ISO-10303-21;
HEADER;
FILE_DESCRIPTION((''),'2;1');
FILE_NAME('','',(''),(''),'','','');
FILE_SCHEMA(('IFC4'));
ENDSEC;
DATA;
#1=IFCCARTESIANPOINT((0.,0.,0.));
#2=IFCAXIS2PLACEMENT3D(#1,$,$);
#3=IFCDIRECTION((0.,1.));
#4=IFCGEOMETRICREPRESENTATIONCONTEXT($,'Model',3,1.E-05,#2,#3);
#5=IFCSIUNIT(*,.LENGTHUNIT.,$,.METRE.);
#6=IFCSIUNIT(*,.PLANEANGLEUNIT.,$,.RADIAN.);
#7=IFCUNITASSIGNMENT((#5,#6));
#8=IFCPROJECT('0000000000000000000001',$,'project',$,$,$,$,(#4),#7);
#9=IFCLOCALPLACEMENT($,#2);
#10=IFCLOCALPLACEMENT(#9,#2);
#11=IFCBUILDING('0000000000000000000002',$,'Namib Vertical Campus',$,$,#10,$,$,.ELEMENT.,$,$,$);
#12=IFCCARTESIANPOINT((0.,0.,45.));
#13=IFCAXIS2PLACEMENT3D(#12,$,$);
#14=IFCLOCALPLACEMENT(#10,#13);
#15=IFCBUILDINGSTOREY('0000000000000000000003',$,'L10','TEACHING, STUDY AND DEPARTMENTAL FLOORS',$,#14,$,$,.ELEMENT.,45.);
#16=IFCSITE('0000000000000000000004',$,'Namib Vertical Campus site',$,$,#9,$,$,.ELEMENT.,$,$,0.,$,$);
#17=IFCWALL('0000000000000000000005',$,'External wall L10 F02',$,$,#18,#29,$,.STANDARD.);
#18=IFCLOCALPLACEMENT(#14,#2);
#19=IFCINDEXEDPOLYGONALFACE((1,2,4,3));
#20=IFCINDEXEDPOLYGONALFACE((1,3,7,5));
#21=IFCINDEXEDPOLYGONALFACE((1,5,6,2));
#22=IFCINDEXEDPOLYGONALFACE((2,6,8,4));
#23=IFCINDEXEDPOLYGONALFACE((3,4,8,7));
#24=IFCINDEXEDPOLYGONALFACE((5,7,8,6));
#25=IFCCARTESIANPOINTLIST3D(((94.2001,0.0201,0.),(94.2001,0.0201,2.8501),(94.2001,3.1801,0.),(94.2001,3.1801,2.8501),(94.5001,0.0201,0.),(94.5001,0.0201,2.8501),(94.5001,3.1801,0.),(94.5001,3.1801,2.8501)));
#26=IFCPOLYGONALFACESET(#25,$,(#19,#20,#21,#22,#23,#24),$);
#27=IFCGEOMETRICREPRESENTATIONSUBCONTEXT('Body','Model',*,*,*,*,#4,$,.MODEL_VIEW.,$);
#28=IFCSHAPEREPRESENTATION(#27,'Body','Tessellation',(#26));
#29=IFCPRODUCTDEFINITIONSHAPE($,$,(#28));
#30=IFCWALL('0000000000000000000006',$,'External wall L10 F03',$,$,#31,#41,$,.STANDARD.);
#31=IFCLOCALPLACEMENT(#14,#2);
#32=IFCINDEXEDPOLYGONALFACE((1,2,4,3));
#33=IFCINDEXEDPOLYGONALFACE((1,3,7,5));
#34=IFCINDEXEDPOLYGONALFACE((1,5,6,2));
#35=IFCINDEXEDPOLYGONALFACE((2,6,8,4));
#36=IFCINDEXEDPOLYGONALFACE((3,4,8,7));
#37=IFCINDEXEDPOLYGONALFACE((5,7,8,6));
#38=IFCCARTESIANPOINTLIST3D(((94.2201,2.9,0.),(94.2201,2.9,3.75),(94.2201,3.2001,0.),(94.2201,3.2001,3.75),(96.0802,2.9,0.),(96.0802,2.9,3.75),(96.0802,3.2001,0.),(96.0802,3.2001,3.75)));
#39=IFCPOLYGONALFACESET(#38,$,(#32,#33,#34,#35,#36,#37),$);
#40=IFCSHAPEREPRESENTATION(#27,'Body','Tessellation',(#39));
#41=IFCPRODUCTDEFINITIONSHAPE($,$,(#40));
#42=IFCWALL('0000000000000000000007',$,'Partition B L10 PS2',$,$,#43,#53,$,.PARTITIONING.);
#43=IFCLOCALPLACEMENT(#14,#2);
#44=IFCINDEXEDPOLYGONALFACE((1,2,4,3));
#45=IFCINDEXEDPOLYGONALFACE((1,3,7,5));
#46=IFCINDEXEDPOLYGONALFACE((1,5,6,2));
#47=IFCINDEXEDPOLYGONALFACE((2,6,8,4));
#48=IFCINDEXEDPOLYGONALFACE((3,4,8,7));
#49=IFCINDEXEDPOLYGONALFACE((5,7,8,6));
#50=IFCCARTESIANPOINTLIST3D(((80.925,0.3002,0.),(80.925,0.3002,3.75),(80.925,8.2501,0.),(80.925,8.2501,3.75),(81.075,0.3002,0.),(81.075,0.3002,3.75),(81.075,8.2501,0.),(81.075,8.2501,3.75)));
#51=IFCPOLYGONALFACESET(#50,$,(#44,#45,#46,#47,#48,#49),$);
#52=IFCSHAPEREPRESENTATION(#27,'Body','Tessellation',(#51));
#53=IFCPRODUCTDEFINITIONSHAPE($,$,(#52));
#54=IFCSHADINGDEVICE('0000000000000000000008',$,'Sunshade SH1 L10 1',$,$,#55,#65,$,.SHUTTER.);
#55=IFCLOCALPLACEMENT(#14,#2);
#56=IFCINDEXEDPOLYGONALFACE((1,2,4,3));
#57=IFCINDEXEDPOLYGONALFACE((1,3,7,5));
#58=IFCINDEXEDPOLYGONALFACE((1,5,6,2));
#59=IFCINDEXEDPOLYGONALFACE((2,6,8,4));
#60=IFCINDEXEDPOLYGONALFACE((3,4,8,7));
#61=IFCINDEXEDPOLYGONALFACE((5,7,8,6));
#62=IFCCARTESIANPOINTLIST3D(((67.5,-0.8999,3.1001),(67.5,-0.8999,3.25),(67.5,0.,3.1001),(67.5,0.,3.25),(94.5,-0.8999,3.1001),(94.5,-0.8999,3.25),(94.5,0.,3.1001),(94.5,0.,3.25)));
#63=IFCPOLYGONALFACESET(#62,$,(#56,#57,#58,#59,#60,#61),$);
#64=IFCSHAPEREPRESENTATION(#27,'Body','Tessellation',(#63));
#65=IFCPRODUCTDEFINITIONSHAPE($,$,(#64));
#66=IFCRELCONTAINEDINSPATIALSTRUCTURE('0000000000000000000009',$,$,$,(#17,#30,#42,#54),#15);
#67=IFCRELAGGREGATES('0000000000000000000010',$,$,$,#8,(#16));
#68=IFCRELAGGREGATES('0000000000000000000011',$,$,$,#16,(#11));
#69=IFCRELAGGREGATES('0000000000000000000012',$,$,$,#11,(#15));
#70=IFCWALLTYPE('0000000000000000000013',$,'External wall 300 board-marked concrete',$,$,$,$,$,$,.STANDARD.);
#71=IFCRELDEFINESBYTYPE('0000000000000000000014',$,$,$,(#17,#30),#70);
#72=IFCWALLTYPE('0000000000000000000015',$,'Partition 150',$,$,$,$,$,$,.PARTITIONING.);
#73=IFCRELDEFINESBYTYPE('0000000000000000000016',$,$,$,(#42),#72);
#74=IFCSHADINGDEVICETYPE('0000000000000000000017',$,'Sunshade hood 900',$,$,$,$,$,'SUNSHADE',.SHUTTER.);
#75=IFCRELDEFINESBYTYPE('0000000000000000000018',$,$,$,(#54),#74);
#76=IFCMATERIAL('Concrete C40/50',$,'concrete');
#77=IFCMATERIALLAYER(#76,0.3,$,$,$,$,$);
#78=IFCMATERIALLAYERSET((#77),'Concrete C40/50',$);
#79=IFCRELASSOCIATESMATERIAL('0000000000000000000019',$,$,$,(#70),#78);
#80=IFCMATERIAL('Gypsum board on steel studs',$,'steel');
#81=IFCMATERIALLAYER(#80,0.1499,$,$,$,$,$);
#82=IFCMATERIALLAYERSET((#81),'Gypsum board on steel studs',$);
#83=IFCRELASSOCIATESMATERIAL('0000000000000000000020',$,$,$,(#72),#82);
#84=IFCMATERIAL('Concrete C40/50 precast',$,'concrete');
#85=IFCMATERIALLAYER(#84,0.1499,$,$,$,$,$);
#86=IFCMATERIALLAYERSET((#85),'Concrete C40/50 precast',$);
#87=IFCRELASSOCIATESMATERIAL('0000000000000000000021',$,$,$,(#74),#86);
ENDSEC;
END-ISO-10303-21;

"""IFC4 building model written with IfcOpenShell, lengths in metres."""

from ifc_helpers import new_model, si_unit, direction, frame, frame_2d, origin, origin_2d, place, context, subcontext, project, spatial, rectangle, extrude, material, layer, layer_set, type_object, element, save


model = new_model("IFC4")

# Units and contexts
model_context = context("Model", 3, precision=1e-05, world=origin(), true_north=direction((0.0, 1.0)))
body_context = subcontext(model_context, "Body", "Model", "MODEL_VIEW")
ifc_project = project(units=[si_unit("LENGTHUNIT", "METRE"), si_unit("PLANEANGLEUNIT", "RADIAN")], contexts=[model_context])

# Site, building, storey
site_placement = place(None, origin())
site = spatial("IfcSite", under=ifc_project, at=site_placement, Name="Namib Vertical Campus site", CompositionType="ELEMENT", RefElevation=0.0)
building_placement = place(site_placement, origin())
building = spatial("IfcBuilding", under=site, at=building_placement, Name="Namib Vertical Campus", CompositionType="ELEMENT")
storey_placement = place(building_placement, frame((0.0, 0.0, 45.0)))
storey = spatial("IfcBuildingStorey", under=building, at=storey_placement, Name="L10", Description="TEACHING, STUDY AND DEPARTMENTAL FLOORS", CompositionType="ELEMENT", Elevation=45.0)

# Walls
ifc_material_1 = material(Name="Concrete C40/50", Category="concrete")
ifc_layer_1 = layer(ifc_material_1, 0.3)
ifc_layer_set_1 = layer_set([ifc_layer_1], Name="Concrete C40/50")
wall_type_1 = type_object("IfcWallType", Name="External wall 300 board-marked concrete", PredefinedType="STANDARD", material=ifc_layer_set_1)
wall_1_placement = place(storey_placement, frame((94.3501, 0.02, 0.0), z_axis=(0.0, 0.0, 1.0), x_axis=(0.0, 1.0, 0.0)))
element("IfcWall", 1, at=wall_1_placement, inside=storey, type_object=wall_type_1, Name="External wall L10 F02", PredefinedType="STANDARD", context=body_context, shape_type="SweptSolid", body=[
    extrude(rectangle(XDim=3.1599, YDim=0.3, at=frame_2d((1.5801, 0.0))), origin(), (0.0, 0.0, 1.0), 2.8501),
])
wall_2_placement = place(storey_placement, frame((94.22, 3.05, 0.0), z_axis=(0.0, 0.0, 1.0), x_axis=(1.0, 0.0, 0.0)))
element("IfcWall", 2, at=wall_2_placement, inside=storey, type_object=wall_type_1, Name="External wall L10 F03", PredefinedType="STANDARD", context=body_context, shape_type="SweptSolid", body=[
    extrude(rectangle(XDim=1.8601, YDim=0.3, at=frame_2d((0.9302, 0.0))), origin(), (0.0, 0.0, 1.0), 3.75),
])
ifc_material_2 = material(Name="Gypsum board on steel studs", Category="steel")
ifc_layer_2 = layer(ifc_material_2, 0.1499)
ifc_layer_set_2 = layer_set([ifc_layer_2], Name="Gypsum board on steel studs")
wall_type_2 = type_object("IfcWallType", Name="Partition 150", PredefinedType="PARTITIONING", material=ifc_layer_set_2)
wall_3_placement = place(storey_placement, frame((81.0, 0.3, 0.0), z_axis=(0.0, 0.0, 1.0), x_axis=(0.0, 1.0, 0.0)))
element("IfcWall", 3, at=wall_3_placement, inside=storey, type_object=wall_type_2, Name="Partition B L10 PS2", PredefinedType="PARTITIONING", context=body_context, shape_type="SweptSolid", body=[
    extrude(rectangle(XDim=7.95, YDim=0.1499, at=frame_2d((3.9751, 0.0))), origin(), (0.0, 0.0, 1.0), 3.75),
])

# Shading device
ifc_material_3 = material(Name="Concrete C40/50 precast", Category="concrete")
ifc_layer_3 = layer(ifc_material_3, 0.1499)
ifc_layer_set_3 = layer_set([ifc_layer_3], Name="Concrete C40/50 precast")
shading_device_type = type_object("IfcShadingDeviceType", Name="Sunshade hood 900", ElementType="SUNSHADE", PredefinedType="SHUTTER", material=ifc_layer_set_3)
shading_device_placement = place(storey_placement, frame((81.0, -0.45, 3.1001), z_axis=(0.0, 0.0, 1.0), x_axis=(1.0, 0.0, 0.0)))
element("IfcShadingDevice", 4, at=shading_device_placement, inside=storey, type_object=shading_device_type, Name="Sunshade SH1 L10 1", PredefinedType="SHUTTER", context=body_context, shape_type="SweptSolid", body=[
    extrude(rectangle(XDim=27.0, YDim=0.8999, at=origin_2d()), origin(), (0.0, 0.0, 1.0), 0.1499),
])

save(model, "model.ifc")
